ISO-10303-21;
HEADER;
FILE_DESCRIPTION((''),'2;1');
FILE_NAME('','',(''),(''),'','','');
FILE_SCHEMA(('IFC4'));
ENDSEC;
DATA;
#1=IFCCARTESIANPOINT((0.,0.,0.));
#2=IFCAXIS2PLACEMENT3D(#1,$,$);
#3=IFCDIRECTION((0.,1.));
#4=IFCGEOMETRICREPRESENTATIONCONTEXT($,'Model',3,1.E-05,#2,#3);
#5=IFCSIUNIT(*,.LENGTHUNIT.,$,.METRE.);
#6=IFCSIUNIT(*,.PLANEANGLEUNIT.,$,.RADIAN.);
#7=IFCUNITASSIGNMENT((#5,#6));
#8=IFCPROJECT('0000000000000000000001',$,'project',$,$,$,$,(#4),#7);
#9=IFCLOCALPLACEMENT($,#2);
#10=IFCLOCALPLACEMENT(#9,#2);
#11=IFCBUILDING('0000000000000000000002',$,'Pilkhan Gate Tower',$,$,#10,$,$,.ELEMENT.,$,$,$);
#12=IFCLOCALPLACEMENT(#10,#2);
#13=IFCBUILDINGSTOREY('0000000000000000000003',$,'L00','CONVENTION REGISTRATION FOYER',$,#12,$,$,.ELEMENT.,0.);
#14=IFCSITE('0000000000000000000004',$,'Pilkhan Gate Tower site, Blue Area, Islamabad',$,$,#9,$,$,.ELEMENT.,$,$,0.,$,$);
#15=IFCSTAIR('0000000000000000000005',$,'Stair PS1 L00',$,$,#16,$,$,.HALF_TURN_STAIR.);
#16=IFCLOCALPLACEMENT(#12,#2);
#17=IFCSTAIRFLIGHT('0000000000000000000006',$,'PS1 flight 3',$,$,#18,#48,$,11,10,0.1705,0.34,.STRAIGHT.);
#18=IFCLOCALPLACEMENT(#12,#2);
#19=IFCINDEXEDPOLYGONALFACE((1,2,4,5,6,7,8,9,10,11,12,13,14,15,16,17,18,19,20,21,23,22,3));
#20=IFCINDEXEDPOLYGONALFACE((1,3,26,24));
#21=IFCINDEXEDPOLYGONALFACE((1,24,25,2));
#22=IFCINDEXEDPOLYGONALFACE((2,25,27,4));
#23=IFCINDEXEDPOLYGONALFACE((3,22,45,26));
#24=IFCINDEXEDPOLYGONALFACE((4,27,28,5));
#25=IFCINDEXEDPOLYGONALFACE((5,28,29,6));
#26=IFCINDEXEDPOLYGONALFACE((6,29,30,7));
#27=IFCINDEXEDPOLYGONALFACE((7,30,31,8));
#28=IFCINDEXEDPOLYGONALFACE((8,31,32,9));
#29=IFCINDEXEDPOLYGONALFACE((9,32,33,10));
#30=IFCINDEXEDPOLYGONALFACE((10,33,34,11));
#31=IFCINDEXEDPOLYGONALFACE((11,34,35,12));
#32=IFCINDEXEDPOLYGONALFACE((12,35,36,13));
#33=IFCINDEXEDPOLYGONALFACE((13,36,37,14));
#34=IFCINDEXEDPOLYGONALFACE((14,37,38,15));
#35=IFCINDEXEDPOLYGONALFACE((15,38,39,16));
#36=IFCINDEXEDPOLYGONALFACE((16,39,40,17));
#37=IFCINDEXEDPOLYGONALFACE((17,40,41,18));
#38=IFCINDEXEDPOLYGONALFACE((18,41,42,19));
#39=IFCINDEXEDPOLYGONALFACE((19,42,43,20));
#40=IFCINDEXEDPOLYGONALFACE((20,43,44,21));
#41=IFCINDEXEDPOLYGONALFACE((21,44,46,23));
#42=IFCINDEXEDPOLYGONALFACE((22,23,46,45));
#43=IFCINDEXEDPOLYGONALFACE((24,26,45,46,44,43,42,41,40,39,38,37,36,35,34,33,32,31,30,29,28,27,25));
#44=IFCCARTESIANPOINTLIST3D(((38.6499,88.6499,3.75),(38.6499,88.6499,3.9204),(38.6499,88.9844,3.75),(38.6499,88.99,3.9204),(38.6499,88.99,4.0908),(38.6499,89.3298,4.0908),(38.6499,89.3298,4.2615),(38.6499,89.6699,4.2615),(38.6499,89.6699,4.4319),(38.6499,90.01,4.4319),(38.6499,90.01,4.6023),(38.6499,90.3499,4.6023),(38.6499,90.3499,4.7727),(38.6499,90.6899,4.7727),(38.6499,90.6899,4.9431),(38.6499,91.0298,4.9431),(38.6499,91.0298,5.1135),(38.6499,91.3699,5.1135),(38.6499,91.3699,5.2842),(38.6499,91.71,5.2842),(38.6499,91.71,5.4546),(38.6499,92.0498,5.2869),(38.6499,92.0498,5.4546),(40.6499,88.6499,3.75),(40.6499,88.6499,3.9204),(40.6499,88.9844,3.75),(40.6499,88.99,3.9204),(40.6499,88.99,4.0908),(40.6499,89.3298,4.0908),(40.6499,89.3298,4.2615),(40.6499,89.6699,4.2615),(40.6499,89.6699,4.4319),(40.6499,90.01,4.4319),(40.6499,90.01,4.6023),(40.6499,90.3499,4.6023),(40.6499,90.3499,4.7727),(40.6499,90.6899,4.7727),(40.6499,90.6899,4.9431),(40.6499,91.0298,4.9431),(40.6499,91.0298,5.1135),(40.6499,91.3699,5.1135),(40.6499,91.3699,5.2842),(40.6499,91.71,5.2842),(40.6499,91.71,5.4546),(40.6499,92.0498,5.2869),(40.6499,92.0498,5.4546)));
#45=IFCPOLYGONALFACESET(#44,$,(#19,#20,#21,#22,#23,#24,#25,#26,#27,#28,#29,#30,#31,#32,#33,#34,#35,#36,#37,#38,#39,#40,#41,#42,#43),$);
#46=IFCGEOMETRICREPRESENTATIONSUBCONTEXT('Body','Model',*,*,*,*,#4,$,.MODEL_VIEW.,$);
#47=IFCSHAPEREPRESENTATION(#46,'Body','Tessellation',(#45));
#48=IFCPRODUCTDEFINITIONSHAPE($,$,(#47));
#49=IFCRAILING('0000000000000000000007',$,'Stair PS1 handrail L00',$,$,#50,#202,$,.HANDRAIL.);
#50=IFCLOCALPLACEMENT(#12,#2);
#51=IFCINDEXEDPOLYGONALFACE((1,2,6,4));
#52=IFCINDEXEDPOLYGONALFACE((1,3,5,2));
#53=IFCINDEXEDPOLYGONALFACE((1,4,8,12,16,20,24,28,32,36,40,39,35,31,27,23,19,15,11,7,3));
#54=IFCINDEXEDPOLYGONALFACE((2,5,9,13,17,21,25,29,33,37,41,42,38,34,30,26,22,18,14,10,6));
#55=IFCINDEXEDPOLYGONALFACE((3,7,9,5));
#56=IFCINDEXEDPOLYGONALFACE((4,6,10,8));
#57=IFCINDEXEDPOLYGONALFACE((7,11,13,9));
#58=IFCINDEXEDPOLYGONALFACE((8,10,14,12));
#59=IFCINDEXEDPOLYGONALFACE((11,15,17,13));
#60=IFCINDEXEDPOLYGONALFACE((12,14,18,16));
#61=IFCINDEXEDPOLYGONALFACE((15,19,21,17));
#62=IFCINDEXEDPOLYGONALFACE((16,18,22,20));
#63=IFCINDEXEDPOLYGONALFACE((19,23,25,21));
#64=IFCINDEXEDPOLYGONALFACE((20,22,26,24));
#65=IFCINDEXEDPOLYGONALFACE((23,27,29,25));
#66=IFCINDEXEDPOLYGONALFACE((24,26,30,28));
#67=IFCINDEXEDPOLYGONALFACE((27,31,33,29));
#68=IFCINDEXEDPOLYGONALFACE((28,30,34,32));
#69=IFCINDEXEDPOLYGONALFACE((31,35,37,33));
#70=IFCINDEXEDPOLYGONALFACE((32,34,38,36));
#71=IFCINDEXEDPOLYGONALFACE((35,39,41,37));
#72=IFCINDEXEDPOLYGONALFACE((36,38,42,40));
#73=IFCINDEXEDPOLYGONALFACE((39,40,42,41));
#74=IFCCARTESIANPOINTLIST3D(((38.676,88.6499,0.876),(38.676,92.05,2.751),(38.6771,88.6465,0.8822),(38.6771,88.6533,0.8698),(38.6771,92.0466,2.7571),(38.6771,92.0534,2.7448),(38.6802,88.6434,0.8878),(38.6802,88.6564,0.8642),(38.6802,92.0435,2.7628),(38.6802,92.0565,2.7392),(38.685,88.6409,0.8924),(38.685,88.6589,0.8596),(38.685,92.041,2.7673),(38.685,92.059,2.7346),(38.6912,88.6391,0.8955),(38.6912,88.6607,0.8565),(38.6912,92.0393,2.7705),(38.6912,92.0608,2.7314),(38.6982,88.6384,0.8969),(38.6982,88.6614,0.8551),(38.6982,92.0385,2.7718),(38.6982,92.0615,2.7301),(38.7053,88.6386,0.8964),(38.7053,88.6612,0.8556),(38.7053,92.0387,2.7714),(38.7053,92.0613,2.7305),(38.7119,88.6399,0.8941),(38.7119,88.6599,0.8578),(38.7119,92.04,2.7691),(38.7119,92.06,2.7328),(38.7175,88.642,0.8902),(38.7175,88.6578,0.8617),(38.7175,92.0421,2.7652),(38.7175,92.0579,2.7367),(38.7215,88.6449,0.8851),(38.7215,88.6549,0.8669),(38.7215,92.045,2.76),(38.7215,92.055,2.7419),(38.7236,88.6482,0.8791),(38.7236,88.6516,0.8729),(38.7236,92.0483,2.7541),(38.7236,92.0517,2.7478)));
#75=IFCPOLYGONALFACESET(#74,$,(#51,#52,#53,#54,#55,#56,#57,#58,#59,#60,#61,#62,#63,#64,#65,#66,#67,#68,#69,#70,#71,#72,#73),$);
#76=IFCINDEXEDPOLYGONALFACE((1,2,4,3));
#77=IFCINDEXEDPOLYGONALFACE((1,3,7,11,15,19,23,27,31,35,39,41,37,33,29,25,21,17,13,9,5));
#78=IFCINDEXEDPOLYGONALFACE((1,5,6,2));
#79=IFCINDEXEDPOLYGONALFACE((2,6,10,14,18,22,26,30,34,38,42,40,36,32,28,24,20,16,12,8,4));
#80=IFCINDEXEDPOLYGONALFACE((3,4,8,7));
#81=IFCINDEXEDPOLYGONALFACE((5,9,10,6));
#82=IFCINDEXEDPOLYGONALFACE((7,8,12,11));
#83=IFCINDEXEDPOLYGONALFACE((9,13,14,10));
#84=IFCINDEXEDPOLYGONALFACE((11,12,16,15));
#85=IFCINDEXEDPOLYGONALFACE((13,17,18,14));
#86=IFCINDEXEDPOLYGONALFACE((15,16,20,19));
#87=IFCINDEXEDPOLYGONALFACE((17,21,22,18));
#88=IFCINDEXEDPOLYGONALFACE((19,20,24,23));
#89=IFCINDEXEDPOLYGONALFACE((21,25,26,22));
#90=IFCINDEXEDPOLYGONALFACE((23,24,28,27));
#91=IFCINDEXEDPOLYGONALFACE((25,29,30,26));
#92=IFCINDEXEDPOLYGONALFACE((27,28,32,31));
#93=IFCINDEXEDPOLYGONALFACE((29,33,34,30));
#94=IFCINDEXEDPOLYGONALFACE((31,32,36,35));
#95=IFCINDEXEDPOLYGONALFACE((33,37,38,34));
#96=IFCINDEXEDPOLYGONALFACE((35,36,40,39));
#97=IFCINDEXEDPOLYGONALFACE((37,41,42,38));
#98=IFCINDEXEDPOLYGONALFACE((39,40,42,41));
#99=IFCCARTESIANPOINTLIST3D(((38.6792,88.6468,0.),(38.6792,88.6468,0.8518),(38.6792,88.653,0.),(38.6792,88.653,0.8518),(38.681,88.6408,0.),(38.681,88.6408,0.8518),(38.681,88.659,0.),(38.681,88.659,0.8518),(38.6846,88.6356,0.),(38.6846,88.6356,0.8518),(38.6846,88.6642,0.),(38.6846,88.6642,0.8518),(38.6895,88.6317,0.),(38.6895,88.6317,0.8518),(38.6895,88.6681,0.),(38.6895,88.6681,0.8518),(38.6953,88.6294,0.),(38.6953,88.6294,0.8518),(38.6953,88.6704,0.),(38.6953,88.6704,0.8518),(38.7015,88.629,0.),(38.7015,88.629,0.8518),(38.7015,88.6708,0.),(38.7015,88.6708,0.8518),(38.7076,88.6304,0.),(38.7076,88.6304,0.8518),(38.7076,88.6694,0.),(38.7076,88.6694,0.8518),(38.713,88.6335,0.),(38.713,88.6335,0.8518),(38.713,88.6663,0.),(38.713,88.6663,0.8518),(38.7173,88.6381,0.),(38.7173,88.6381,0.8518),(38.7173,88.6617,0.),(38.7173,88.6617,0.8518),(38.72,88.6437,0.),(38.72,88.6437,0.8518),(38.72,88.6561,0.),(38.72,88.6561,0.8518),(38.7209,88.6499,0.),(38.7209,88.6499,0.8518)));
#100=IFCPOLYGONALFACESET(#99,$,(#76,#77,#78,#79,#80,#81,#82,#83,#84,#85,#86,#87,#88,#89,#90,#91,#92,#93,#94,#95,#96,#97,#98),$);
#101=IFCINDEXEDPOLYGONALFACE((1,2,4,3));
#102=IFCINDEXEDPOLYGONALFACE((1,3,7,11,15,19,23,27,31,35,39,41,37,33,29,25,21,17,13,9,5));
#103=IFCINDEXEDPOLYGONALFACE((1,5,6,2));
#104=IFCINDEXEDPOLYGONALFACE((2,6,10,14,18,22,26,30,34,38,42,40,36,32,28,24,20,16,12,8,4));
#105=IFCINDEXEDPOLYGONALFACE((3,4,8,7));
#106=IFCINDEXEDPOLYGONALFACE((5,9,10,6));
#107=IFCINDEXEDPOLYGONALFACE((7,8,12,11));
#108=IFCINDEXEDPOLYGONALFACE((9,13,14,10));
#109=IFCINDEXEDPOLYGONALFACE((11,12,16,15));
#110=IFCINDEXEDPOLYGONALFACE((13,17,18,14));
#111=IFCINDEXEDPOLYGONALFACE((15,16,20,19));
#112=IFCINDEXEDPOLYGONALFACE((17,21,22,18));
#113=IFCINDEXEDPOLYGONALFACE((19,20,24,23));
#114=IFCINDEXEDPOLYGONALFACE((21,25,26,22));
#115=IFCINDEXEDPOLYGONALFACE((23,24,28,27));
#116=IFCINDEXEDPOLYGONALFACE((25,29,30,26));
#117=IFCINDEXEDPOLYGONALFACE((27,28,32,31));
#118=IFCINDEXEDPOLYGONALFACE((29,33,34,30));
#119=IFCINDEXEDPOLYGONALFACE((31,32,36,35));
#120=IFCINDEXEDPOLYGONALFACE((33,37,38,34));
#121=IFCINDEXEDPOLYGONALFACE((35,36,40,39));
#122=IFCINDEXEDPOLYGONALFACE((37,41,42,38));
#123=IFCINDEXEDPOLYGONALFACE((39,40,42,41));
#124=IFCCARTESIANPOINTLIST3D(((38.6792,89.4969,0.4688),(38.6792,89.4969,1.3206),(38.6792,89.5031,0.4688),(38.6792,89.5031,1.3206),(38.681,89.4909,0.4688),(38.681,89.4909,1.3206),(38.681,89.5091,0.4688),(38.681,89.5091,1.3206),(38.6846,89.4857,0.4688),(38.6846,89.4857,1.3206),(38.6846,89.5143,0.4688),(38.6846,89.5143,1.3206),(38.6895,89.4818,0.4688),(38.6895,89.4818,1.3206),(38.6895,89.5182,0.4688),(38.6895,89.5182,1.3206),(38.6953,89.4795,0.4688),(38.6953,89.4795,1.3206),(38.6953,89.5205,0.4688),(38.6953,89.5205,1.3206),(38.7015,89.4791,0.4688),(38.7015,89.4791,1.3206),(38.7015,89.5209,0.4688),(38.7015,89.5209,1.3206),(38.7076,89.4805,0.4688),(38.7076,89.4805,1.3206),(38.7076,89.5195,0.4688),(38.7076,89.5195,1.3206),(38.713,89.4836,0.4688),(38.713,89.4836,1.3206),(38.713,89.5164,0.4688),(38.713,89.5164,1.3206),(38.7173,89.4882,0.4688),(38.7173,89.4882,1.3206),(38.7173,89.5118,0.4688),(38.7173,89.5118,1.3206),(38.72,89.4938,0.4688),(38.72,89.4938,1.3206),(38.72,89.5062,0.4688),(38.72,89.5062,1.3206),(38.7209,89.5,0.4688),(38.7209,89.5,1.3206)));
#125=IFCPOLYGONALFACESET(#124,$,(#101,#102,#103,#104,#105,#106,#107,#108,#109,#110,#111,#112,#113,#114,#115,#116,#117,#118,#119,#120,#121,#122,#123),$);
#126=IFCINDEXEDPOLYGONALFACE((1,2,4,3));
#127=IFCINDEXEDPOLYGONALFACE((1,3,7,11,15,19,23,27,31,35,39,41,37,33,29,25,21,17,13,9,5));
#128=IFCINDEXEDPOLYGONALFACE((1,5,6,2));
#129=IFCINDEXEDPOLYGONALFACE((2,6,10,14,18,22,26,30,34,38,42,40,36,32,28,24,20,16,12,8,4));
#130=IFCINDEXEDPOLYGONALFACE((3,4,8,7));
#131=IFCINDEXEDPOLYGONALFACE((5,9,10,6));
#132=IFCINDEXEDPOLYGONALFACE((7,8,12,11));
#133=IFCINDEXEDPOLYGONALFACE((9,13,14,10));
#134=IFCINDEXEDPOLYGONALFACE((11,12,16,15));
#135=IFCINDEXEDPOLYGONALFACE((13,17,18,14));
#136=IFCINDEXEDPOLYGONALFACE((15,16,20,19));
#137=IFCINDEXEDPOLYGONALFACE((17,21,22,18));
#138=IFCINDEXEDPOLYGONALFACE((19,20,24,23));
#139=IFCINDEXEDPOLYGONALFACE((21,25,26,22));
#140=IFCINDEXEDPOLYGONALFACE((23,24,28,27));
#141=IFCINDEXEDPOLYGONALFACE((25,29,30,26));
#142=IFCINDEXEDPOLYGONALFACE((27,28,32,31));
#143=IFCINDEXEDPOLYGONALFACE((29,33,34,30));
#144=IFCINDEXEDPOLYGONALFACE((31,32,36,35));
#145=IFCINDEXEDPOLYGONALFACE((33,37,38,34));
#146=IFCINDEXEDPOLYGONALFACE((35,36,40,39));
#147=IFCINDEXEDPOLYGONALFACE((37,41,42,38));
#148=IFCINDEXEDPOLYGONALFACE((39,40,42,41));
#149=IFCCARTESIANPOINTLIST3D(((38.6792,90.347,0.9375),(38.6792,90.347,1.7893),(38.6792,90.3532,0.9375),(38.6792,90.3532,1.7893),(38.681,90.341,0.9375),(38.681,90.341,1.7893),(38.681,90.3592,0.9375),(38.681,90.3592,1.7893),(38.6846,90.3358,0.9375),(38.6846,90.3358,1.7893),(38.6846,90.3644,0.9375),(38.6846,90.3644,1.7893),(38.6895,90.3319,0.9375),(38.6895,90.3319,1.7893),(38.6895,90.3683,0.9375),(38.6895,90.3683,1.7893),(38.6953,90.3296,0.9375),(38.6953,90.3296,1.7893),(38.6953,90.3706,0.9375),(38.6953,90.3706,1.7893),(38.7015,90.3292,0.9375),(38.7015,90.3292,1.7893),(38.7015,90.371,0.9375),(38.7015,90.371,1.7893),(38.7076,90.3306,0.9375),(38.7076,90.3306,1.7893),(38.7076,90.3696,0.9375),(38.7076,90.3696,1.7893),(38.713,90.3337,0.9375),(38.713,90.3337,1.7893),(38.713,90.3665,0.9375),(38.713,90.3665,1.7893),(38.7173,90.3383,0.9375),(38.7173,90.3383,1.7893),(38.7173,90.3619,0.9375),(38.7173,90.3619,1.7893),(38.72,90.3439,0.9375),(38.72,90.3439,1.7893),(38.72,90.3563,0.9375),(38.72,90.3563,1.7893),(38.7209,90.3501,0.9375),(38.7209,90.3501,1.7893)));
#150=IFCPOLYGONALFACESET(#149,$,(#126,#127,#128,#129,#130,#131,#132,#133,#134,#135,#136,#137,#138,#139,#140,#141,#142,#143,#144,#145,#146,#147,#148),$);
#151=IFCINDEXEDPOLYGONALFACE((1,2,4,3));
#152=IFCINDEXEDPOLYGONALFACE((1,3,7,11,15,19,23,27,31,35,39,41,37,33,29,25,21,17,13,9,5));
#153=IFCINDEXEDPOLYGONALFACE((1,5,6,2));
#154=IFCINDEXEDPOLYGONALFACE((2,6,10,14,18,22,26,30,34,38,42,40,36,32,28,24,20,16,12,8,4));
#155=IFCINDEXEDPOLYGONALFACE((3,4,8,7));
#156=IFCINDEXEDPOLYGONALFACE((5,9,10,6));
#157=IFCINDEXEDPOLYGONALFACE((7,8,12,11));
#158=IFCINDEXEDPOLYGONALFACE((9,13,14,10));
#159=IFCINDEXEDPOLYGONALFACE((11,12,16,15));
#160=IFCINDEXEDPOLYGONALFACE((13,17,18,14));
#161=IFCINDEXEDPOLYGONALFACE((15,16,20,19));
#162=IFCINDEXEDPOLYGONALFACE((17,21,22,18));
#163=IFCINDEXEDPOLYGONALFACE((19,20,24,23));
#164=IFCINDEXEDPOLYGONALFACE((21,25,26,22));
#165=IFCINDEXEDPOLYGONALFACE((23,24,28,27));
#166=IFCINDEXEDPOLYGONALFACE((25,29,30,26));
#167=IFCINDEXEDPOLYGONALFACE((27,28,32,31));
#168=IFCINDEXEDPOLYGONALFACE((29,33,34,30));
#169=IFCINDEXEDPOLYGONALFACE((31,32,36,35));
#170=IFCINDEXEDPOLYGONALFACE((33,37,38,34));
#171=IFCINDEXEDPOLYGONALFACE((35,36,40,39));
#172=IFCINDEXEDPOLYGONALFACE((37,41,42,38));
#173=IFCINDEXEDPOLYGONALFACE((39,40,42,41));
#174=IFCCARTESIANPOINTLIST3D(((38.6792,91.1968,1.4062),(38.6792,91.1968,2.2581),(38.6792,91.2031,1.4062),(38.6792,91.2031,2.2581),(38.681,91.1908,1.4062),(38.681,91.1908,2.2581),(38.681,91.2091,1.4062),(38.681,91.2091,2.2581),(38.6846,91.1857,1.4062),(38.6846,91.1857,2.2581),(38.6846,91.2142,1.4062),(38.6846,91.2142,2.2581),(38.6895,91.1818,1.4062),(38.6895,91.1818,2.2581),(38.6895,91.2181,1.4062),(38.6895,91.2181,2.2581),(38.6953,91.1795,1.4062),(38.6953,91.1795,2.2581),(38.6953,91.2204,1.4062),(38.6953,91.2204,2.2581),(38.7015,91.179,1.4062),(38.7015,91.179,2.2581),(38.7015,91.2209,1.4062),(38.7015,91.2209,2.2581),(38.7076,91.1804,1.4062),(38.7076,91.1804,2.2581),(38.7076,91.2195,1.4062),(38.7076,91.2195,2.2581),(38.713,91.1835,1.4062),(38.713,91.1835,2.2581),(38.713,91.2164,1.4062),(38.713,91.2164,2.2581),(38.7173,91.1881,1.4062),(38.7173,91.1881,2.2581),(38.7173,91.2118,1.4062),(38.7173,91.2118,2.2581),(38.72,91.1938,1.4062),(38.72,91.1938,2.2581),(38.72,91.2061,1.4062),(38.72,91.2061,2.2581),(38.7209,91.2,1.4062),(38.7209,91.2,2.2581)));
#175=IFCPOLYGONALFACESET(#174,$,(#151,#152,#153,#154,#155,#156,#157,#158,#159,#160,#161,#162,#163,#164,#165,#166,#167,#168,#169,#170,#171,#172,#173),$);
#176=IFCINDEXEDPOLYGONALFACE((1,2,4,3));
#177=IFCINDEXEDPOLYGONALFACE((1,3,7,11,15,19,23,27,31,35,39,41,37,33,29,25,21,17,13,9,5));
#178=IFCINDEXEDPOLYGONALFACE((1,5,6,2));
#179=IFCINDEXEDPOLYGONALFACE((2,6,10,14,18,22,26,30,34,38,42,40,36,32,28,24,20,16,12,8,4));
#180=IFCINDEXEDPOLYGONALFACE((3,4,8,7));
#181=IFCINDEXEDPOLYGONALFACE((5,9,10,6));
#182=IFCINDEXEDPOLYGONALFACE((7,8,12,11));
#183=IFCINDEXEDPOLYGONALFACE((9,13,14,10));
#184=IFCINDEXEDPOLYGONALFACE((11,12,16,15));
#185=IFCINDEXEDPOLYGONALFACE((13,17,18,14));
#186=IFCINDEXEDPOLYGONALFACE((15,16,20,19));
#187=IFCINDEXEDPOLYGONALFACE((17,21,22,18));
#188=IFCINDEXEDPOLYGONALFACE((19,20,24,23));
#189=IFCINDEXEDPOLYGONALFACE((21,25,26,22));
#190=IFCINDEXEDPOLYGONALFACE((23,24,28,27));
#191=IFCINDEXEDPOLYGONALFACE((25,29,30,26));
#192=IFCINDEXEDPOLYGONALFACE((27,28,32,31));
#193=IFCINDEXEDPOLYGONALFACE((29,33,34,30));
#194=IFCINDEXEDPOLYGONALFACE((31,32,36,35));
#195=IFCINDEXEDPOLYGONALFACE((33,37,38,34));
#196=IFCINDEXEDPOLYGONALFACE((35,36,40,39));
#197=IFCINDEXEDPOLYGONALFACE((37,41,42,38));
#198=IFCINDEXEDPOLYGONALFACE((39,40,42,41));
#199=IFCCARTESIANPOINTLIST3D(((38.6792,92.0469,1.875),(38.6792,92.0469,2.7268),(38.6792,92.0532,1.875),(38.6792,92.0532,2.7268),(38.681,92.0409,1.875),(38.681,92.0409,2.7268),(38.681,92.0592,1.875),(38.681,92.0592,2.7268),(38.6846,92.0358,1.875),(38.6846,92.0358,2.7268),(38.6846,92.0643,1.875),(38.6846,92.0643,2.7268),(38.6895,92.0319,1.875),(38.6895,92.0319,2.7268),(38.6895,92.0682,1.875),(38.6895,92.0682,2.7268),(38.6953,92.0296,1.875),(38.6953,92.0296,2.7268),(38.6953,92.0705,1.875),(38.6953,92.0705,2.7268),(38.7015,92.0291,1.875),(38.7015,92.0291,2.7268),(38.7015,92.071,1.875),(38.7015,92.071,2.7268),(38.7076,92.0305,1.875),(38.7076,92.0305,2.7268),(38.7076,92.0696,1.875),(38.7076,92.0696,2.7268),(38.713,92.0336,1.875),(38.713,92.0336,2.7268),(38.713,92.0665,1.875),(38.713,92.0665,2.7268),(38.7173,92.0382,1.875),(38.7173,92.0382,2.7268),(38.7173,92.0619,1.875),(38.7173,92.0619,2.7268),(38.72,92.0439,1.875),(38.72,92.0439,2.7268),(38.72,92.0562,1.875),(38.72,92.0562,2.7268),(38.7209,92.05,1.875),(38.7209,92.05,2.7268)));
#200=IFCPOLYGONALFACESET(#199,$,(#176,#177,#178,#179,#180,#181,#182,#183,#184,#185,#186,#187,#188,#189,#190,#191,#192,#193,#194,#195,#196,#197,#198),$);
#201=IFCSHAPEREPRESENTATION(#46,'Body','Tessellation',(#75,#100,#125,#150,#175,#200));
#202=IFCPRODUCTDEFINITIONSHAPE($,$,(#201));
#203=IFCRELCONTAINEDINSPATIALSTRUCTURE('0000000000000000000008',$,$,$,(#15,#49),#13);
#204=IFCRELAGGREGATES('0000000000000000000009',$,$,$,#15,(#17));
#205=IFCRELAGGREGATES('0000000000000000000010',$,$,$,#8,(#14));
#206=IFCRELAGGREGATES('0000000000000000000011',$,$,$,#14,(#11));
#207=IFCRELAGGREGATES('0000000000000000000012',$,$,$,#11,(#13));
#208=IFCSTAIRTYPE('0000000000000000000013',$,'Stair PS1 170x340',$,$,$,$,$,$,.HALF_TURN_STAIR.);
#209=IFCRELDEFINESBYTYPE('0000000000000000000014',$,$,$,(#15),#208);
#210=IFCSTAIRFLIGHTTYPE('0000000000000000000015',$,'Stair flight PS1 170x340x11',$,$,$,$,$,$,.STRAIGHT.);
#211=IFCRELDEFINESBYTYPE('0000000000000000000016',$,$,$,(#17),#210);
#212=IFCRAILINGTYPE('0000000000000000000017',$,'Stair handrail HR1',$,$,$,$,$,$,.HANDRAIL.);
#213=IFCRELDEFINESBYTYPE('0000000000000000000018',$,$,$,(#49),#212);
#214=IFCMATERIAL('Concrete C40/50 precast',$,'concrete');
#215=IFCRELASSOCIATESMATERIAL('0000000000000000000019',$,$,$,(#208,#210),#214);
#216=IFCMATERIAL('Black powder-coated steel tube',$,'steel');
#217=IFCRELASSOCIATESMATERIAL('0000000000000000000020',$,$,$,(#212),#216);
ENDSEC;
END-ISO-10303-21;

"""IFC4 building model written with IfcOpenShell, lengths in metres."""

from ifc_helpers import new_model, si_unit, direction, frame, origin, origin_2d, place, context, subcontext, project, spatial, polyline, circle, outline, extrude, material, type_object, element, aggregate, save


model = new_model("IFC4")

# Units and contexts
model_context = context("Model", 3, precision=1e-05, world=origin(), true_north=direction((0.0, 1.0)))
body_context = subcontext(model_context, "Body", "Model", "MODEL_VIEW")
ifc_project = project(units=[si_unit("LENGTHUNIT", "METRE"), si_unit("PLANEANGLEUNIT", "RADIAN")], contexts=[model_context])

# Site, building, storey
site_placement = place(None, origin())
site = spatial("IfcSite", under=ifc_project, at=site_placement, Name="Pilkhan Gate Tower site, Blue Area, Islamabad", CompositionType="ELEMENT", RefElevation=0.0)
building_placement = place(site_placement, origin())
building = spatial("IfcBuilding", under=site, at=building_placement, Name="Pilkhan Gate Tower", CompositionType="ELEMENT")
storey_placement = place(building_placement, origin())
storey = spatial("IfcBuildingStorey", under=building, at=storey_placement, Name="L00", Description="CONVENTION REGISTRATION FOYER", CompositionType="ELEMENT", Elevation=0.0)

# Stair, stair flight
ifc_material_1 = material(Name="Concrete C40/50 precast", Category="concrete")
stair_type = type_object("IfcStairType", Name="Stair PS1 170x340", PredefinedType="HALF_TURN_STAIR", material=ifc_material_1)
stair_placement = place(storey_placement, origin())
stair = element("IfcStair", 1, at=stair_placement, inside=storey, type_object=stair_type, Name="Stair PS1 L00", PredefinedType="HALF_TURN_STAIR")
stair_flight_type = type_object("IfcStairFlightType", Name="Stair flight PS1 170x340x11", PredefinedType="STRAIGHT", material=ifc_material_1)
stair_flight_1_placement = place(storey_placement, frame((39.6499, 88.6499, 3.75), z_axis=(0.0, 0.0, 1.0), x_axis=(0.0, 1.0, 0.0)))
stair_flight_1 = element("IfcStairFlight", 2, at=stair_flight_1_placement, type_object=stair_flight_type, Name="PS1 flight 3", NumberOfRisers=11, NumberOfTreads=10, PredefinedType="STRAIGHT", RiserHeight=0.1705, TreadLength=0.34, context=body_context, shape_type="SweptSolid", body=[
    extrude(outline(polyline([(0.0, 0.0), (0.0, 0.1704), (0.3401, 0.1704), (0.3401, 0.3408), (0.6799, 0.3408), (0.6799, 0.5115), (1.02, 0.5115), (1.02, 0.6819), (1.3601, 0.6819), (1.3601, 0.8523), (1.7, 0.8523), (1.7, 1.0227), (2.04, 1.0227), (2.04, 1.1931), (2.3799, 1.1931), (2.3799, 1.3635), (2.72, 1.3635), (2.72, 1.5342), (3.0601, 1.5342), (3.0601, 1.7046), (3.3999, 1.7046), (3.3999, 1.875), (3.3999, 1.5369), (0.3345, 0.0), (0.0, 0.0)])), frame((0.0, 1.0, 0.0), z_axis=(0.0, -1.0, 0.0), x_axis=(1.0, 0.0, 0.0)), (0.0, 0.0, 1.0), 2.0),
])
aggregate(stair, [stair_flight_1])

# Railing
ifc_material_2 = material(Name="Black powder-coated steel tube", Category="steel")
railing_type_1 = type_object("IfcRailingType", Name="Stair handrail HR1", PredefinedType="HANDRAIL", material=ifc_material_2)
for number, where, name in (
    (3, (38.7, 88.6499, 0.0), "Stair PS1 handrail L00"),
):
    element("IfcRailing", number, at=place(storey_placement, frame(where)), inside=storey, type_object=railing_type_1, Name=name, PredefinedType="HANDRAIL", context=body_context, shape_type="SweptSolid", body=[
        extrude(circle(Radius=0.0239, at=origin_2d()), frame((0.0, 0.0, 0.876), z_axis=(0.0, 0.87568, 0.482891), x_axis=(-1.0, 0.0, 0.0)), (0.0, 0.0, 1.0), 3.8828),
        extrude(circle(Radius=0.021, at=origin_2d()), origin(), (0.0, 0.0, 1.0), 0.8518),
        extrude(circle(Radius=0.021, at=origin_2d()), frame((0.0, 0.8501, 0.4688)), (0.0, 0.0, 1.0), 0.8518),
        extrude(circle(Radius=0.021, at=origin_2d()), frame((0.0, 1.7002, 0.9375)), (0.0, 0.0, 1.0), 0.8518),
        extrude(circle(Radius=0.021, at=origin_2d()), frame((0.0, 2.55, 1.4062)), (0.0, 0.0, 1.0), 0.8518),
        extrude(circle(Radius=0.021, at=origin_2d()), frame((0.0, 3.4001, 1.875)), (0.0, 0.0, 1.0), 0.8518),
    ])

save(model, "model.ifc")
